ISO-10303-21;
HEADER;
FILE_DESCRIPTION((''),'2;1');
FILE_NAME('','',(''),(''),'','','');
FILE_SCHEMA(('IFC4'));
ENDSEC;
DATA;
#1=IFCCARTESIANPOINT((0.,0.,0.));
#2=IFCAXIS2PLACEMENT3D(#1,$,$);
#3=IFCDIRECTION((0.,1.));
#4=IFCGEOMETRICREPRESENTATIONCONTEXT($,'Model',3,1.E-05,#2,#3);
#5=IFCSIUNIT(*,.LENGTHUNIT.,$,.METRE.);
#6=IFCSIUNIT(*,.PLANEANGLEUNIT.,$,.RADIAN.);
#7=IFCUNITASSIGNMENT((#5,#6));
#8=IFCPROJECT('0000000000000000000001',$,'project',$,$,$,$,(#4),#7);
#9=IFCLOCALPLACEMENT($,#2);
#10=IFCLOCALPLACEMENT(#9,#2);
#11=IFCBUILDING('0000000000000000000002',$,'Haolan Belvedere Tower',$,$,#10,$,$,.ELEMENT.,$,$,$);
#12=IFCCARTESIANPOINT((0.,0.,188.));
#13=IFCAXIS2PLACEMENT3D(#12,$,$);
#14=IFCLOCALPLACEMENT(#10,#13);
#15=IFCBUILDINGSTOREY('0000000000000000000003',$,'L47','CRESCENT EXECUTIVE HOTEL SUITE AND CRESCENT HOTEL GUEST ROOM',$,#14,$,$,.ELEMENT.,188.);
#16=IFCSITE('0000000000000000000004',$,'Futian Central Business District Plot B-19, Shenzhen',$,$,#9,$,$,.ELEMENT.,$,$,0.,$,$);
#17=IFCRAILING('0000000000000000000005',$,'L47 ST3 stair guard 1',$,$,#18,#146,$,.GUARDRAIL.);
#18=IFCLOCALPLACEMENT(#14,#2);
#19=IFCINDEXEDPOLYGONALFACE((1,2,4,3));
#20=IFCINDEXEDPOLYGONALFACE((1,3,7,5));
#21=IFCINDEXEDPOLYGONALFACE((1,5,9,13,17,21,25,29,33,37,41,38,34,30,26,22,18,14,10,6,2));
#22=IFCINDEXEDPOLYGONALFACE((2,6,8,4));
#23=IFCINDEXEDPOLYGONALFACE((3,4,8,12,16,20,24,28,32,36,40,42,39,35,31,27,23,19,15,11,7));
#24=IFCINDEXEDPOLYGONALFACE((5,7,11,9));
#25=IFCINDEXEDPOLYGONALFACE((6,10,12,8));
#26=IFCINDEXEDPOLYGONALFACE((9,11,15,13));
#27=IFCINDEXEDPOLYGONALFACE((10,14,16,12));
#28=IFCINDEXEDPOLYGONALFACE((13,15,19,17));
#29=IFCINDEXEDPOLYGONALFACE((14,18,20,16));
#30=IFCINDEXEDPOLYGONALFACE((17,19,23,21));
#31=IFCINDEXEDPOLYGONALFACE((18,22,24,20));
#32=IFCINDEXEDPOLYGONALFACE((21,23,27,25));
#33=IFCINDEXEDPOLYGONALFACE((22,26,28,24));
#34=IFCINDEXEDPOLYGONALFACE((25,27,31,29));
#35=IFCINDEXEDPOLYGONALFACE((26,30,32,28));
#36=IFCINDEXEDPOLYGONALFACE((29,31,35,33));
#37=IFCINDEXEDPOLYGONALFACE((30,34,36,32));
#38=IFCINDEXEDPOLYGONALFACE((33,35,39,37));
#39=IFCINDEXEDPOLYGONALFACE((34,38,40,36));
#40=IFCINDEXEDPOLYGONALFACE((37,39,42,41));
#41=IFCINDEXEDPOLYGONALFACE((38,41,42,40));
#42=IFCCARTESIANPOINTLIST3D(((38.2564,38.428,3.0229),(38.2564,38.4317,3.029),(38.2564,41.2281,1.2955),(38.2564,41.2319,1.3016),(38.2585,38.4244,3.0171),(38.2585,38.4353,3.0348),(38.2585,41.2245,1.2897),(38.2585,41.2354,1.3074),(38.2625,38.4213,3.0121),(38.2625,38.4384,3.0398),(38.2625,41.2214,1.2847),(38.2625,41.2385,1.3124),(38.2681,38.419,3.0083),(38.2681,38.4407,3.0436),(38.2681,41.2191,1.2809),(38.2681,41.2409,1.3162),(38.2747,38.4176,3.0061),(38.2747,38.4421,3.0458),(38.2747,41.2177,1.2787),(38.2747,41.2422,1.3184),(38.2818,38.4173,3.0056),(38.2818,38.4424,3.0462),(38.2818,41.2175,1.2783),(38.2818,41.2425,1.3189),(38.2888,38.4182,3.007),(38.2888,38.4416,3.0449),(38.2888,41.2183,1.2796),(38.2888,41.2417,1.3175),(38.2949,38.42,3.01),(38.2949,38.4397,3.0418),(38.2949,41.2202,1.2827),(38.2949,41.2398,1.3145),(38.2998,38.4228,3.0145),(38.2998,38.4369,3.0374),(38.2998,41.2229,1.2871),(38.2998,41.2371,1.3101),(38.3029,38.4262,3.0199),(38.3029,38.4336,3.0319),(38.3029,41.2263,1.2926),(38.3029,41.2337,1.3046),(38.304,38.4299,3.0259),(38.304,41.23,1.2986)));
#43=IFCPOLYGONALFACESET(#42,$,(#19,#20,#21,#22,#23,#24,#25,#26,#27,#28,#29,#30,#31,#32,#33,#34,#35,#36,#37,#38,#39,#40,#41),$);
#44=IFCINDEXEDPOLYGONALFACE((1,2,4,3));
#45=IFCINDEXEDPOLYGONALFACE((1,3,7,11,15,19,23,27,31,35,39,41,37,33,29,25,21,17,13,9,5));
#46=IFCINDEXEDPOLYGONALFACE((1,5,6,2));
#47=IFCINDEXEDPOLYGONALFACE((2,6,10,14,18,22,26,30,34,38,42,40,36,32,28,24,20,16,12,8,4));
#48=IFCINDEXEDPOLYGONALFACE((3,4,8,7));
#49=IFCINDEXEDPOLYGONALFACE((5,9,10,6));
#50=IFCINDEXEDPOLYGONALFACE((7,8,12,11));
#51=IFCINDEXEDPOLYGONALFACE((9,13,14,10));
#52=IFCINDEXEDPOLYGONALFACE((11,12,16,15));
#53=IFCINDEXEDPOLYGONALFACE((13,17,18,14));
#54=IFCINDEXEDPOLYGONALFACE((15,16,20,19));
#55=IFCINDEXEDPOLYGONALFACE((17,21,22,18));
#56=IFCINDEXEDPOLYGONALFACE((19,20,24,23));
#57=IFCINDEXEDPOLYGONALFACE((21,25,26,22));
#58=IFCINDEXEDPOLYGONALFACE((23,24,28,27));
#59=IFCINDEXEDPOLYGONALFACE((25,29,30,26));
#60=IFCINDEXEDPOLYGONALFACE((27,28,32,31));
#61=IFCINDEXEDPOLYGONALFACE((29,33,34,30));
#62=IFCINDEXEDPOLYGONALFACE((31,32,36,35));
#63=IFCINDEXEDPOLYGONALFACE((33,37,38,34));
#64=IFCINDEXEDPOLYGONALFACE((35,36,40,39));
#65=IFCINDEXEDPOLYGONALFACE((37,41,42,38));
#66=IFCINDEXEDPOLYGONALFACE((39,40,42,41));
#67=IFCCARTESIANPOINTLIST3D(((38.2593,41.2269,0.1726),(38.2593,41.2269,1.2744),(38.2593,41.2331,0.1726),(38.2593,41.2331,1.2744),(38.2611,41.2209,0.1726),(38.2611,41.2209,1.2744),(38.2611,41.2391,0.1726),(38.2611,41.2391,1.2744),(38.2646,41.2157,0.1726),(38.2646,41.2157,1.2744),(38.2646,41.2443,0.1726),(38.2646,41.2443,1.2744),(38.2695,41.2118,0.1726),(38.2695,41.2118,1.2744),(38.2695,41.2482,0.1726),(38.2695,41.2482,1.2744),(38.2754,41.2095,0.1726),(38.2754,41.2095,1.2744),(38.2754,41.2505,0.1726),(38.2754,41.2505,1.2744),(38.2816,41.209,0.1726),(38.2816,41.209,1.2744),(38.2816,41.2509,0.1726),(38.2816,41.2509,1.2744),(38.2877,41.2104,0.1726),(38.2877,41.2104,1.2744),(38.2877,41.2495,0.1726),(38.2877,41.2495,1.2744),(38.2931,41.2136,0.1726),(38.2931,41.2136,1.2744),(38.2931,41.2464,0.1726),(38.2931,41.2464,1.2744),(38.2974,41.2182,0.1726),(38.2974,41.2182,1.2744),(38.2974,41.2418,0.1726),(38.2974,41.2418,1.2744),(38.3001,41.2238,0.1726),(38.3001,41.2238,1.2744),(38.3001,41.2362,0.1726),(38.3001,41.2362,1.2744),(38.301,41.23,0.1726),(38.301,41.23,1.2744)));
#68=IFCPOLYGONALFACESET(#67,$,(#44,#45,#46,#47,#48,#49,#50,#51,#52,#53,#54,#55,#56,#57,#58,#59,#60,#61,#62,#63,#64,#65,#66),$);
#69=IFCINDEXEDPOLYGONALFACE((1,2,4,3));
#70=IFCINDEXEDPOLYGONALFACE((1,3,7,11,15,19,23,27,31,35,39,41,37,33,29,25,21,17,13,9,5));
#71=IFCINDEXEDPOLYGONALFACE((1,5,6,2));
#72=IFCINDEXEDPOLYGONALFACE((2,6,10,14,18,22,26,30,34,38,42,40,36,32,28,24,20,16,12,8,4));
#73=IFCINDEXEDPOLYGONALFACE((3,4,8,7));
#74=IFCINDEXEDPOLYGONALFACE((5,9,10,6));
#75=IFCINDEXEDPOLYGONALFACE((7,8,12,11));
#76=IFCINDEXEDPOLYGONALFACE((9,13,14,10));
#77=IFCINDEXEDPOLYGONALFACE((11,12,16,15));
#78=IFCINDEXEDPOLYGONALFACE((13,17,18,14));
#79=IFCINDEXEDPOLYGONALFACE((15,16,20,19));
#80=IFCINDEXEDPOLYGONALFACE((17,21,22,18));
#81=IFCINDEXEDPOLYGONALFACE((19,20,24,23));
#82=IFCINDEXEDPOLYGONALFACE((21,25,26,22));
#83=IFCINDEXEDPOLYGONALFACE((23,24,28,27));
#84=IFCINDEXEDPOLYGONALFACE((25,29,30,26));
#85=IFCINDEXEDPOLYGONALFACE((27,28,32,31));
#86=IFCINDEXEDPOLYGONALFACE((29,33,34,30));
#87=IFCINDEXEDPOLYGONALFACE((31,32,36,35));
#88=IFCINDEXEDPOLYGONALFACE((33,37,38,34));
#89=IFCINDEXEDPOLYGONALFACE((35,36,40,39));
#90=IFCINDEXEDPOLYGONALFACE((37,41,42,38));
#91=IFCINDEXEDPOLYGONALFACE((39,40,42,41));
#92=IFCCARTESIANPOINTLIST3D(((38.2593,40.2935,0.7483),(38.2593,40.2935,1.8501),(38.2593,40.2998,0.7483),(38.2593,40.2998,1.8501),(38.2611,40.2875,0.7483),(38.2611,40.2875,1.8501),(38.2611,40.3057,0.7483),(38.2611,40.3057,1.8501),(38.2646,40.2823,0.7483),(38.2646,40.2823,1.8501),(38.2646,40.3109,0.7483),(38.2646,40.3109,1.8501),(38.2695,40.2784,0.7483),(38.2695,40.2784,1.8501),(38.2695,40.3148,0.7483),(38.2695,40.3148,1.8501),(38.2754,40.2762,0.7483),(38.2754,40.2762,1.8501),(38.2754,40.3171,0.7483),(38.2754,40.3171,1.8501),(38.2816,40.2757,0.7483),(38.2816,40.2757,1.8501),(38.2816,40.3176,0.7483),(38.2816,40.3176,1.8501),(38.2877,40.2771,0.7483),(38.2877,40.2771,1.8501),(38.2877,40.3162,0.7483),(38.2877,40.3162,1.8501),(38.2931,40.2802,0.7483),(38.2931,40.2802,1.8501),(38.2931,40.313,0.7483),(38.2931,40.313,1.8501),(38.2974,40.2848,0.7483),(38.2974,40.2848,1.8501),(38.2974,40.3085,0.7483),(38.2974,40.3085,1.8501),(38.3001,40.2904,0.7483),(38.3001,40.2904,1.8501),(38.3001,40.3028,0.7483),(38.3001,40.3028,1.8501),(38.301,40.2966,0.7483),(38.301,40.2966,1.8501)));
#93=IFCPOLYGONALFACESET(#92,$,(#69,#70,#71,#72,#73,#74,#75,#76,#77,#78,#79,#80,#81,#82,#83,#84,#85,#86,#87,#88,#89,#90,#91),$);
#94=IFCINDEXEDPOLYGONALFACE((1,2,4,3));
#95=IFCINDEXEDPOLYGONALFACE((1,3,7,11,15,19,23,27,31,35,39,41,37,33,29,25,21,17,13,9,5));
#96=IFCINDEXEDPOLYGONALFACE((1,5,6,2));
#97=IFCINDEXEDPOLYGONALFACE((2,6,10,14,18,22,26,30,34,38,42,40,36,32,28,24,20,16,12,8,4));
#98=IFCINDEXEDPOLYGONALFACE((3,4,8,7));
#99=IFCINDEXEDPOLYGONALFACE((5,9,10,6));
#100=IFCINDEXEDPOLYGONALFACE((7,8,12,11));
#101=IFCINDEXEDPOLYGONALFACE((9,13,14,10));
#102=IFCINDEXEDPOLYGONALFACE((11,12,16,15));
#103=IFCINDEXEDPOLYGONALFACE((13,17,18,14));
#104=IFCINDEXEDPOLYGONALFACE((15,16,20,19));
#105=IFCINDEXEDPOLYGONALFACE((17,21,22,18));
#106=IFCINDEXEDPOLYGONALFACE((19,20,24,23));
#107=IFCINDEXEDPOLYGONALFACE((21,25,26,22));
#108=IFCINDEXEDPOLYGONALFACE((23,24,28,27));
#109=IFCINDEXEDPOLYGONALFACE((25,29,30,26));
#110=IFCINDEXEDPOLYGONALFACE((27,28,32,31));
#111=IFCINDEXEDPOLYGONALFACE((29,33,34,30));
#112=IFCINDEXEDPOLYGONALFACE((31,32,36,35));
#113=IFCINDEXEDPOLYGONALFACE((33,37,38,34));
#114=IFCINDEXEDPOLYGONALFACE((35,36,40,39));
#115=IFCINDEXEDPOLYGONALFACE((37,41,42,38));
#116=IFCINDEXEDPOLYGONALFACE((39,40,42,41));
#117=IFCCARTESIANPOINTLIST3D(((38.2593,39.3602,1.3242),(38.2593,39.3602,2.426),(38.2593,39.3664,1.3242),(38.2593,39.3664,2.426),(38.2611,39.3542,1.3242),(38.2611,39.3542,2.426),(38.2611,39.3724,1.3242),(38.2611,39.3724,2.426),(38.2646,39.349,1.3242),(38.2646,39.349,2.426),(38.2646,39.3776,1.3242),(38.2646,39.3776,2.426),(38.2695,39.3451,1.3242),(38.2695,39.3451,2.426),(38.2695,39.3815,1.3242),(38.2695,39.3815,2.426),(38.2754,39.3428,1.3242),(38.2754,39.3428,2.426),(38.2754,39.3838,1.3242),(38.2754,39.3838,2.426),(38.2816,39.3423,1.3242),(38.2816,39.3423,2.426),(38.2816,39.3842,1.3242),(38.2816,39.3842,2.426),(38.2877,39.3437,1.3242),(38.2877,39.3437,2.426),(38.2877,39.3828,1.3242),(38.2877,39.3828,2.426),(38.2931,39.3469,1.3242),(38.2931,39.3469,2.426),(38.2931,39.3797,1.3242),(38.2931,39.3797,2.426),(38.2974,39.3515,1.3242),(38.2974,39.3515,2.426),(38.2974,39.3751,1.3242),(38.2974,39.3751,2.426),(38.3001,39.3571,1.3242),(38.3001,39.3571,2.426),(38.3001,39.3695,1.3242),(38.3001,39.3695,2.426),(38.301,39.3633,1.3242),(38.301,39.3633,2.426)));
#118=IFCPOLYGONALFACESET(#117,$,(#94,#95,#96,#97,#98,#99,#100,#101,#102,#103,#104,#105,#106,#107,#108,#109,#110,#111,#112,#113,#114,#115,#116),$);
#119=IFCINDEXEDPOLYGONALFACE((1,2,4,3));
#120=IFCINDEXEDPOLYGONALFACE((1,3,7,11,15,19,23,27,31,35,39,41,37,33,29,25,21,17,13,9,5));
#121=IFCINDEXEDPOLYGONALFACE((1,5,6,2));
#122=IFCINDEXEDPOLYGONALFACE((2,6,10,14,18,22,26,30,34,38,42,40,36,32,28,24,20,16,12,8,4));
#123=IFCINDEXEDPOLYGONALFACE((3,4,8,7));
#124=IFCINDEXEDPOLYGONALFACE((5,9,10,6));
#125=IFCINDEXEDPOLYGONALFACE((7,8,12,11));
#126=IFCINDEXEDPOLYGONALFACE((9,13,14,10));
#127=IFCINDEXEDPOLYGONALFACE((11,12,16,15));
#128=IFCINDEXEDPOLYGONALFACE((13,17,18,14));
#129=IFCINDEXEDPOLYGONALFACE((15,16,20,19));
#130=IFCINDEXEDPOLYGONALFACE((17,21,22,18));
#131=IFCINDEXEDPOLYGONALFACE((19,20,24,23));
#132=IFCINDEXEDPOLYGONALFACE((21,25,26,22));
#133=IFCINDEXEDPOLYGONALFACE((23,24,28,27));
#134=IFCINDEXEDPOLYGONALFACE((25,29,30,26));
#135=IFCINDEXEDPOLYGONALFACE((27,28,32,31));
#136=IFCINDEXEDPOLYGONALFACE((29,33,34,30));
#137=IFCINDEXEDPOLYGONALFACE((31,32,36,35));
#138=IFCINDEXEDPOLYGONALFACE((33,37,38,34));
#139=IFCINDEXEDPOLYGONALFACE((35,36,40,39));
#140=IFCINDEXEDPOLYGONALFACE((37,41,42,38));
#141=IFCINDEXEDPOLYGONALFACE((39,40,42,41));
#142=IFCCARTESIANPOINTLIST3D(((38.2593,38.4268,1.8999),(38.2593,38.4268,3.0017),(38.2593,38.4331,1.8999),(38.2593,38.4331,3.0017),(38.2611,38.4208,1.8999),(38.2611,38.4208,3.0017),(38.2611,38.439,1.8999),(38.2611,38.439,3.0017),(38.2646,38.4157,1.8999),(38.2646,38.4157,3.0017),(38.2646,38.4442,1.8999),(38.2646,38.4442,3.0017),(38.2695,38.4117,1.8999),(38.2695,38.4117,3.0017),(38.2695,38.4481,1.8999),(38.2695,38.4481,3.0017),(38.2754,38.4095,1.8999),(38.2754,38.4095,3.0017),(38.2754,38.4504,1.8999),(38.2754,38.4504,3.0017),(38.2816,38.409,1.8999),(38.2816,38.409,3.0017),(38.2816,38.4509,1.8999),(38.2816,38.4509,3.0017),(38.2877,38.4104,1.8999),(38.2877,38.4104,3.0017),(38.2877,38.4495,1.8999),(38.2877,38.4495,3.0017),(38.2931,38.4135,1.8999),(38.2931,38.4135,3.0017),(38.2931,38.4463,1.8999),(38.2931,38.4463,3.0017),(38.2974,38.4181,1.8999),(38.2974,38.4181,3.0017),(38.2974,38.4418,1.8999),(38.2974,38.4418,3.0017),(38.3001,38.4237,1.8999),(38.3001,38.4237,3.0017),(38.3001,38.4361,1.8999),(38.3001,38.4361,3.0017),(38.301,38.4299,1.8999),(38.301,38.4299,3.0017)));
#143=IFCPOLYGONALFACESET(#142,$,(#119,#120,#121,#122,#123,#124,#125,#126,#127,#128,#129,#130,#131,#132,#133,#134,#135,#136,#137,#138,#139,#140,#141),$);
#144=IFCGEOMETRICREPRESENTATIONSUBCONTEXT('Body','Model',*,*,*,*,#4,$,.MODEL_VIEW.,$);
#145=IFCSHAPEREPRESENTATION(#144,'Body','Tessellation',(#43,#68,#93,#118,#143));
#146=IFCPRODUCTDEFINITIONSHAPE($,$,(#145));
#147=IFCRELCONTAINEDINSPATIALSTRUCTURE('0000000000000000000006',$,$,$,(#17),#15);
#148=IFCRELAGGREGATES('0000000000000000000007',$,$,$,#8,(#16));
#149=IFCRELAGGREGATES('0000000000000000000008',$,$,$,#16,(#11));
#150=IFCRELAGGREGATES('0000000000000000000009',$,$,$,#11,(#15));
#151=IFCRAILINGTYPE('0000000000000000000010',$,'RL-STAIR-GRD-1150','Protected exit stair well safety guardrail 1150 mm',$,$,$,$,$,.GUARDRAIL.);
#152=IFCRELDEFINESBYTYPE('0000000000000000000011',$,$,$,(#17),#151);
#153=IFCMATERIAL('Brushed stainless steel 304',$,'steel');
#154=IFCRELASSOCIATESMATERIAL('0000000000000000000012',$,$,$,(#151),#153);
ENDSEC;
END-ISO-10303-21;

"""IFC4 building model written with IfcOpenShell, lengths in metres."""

from ifc_helpers import new_model, si_unit, direction, frame, origin, origin_2d, place, context, subcontext, project, spatial, circle, extrude, material, type_object, element, save


model = new_model("IFC4")

# Units and contexts
model_context = context("Model", 3, precision=1e-05, world=origin(), true_north=direction((0.0, 1.0)))
body_context = subcontext(model_context, "Body", "Model", "MODEL_VIEW")
ifc_project = project(units=[si_unit("LENGTHUNIT", "METRE"), si_unit("PLANEANGLEUNIT", "RADIAN")], contexts=[model_context])

# Site, building, storey
site_placement = place(None, origin())
site = spatial("IfcSite", under=ifc_project, at=site_placement, Name="Futian Central Business District Plot B-19, Shenzhen", CompositionType="ELEMENT", RefElevation=0.0)
building_placement = place(site_placement, origin())
building = spatial("IfcBuilding", under=site, at=building_placement, Name="Haolan Belvedere Tower", CompositionType="ELEMENT")
storey_placement = place(building_placement, frame((0.0, 0.0, 188.0)))
storey = spatial("IfcBuildingStorey", under=building, at=storey_placement, Name="L47", Description="CRESCENT EXECUTIVE HOTEL SUITE AND CRESCENT HOTEL GUEST ROOM", CompositionType="ELEMENT", Elevation=188.0)

# Railing
ifc_material_1 = material(Name="Brushed stainless steel 304", Category="steel")
railing_type = type_object("IfcRailingType", Name="RL-STAIR-GRD-1150", Description="Protected exit stair well safety guardrail 1150 mm", PredefinedType="GUARDRAIL", material=ifc_material_1)
railing_1_placement = place(storey_placement, frame((38.28, 41.23, 0.1726)))
element("IfcRailing", 1, at=railing_1_placement, inside=storey, type_object=railing_type, Name="L47 ST3 stair guard 1", PredefinedType="GUARDRAIL", context=body_context, shape_type="SweptSolid", body=[
    extrude(circle(Radius=0.0239, at=origin_2d()), frame((0.0, 0.0, 1.126), z_axis=(0.0, -0.85109, 0.52502), x_axis=(1.0, 0.0, 0.0)), (0.0, 0.0, 1.0), 3.29),
    extrude(circle(Radius=0.021, at=origin_2d()), origin(), (0.0, 0.0, 1.0), 1.1018),
    extrude(circle(Radius=0.021, at=origin_2d()), frame((0.0, -0.9333, 0.5757)), (0.0, 0.0, 1.0), 1.1018),
    extrude(circle(Radius=0.021, at=origin_2d()), frame((0.0, -1.8667, 1.1516)), (0.0, 0.0, 1.0), 1.1018),
    extrude(circle(Radius=0.021, at=origin_2d()), frame((0.0, -2.8, 1.7273)), (0.0, 0.0, 1.0), 1.1018),
])

save(model, "model.ifc")
